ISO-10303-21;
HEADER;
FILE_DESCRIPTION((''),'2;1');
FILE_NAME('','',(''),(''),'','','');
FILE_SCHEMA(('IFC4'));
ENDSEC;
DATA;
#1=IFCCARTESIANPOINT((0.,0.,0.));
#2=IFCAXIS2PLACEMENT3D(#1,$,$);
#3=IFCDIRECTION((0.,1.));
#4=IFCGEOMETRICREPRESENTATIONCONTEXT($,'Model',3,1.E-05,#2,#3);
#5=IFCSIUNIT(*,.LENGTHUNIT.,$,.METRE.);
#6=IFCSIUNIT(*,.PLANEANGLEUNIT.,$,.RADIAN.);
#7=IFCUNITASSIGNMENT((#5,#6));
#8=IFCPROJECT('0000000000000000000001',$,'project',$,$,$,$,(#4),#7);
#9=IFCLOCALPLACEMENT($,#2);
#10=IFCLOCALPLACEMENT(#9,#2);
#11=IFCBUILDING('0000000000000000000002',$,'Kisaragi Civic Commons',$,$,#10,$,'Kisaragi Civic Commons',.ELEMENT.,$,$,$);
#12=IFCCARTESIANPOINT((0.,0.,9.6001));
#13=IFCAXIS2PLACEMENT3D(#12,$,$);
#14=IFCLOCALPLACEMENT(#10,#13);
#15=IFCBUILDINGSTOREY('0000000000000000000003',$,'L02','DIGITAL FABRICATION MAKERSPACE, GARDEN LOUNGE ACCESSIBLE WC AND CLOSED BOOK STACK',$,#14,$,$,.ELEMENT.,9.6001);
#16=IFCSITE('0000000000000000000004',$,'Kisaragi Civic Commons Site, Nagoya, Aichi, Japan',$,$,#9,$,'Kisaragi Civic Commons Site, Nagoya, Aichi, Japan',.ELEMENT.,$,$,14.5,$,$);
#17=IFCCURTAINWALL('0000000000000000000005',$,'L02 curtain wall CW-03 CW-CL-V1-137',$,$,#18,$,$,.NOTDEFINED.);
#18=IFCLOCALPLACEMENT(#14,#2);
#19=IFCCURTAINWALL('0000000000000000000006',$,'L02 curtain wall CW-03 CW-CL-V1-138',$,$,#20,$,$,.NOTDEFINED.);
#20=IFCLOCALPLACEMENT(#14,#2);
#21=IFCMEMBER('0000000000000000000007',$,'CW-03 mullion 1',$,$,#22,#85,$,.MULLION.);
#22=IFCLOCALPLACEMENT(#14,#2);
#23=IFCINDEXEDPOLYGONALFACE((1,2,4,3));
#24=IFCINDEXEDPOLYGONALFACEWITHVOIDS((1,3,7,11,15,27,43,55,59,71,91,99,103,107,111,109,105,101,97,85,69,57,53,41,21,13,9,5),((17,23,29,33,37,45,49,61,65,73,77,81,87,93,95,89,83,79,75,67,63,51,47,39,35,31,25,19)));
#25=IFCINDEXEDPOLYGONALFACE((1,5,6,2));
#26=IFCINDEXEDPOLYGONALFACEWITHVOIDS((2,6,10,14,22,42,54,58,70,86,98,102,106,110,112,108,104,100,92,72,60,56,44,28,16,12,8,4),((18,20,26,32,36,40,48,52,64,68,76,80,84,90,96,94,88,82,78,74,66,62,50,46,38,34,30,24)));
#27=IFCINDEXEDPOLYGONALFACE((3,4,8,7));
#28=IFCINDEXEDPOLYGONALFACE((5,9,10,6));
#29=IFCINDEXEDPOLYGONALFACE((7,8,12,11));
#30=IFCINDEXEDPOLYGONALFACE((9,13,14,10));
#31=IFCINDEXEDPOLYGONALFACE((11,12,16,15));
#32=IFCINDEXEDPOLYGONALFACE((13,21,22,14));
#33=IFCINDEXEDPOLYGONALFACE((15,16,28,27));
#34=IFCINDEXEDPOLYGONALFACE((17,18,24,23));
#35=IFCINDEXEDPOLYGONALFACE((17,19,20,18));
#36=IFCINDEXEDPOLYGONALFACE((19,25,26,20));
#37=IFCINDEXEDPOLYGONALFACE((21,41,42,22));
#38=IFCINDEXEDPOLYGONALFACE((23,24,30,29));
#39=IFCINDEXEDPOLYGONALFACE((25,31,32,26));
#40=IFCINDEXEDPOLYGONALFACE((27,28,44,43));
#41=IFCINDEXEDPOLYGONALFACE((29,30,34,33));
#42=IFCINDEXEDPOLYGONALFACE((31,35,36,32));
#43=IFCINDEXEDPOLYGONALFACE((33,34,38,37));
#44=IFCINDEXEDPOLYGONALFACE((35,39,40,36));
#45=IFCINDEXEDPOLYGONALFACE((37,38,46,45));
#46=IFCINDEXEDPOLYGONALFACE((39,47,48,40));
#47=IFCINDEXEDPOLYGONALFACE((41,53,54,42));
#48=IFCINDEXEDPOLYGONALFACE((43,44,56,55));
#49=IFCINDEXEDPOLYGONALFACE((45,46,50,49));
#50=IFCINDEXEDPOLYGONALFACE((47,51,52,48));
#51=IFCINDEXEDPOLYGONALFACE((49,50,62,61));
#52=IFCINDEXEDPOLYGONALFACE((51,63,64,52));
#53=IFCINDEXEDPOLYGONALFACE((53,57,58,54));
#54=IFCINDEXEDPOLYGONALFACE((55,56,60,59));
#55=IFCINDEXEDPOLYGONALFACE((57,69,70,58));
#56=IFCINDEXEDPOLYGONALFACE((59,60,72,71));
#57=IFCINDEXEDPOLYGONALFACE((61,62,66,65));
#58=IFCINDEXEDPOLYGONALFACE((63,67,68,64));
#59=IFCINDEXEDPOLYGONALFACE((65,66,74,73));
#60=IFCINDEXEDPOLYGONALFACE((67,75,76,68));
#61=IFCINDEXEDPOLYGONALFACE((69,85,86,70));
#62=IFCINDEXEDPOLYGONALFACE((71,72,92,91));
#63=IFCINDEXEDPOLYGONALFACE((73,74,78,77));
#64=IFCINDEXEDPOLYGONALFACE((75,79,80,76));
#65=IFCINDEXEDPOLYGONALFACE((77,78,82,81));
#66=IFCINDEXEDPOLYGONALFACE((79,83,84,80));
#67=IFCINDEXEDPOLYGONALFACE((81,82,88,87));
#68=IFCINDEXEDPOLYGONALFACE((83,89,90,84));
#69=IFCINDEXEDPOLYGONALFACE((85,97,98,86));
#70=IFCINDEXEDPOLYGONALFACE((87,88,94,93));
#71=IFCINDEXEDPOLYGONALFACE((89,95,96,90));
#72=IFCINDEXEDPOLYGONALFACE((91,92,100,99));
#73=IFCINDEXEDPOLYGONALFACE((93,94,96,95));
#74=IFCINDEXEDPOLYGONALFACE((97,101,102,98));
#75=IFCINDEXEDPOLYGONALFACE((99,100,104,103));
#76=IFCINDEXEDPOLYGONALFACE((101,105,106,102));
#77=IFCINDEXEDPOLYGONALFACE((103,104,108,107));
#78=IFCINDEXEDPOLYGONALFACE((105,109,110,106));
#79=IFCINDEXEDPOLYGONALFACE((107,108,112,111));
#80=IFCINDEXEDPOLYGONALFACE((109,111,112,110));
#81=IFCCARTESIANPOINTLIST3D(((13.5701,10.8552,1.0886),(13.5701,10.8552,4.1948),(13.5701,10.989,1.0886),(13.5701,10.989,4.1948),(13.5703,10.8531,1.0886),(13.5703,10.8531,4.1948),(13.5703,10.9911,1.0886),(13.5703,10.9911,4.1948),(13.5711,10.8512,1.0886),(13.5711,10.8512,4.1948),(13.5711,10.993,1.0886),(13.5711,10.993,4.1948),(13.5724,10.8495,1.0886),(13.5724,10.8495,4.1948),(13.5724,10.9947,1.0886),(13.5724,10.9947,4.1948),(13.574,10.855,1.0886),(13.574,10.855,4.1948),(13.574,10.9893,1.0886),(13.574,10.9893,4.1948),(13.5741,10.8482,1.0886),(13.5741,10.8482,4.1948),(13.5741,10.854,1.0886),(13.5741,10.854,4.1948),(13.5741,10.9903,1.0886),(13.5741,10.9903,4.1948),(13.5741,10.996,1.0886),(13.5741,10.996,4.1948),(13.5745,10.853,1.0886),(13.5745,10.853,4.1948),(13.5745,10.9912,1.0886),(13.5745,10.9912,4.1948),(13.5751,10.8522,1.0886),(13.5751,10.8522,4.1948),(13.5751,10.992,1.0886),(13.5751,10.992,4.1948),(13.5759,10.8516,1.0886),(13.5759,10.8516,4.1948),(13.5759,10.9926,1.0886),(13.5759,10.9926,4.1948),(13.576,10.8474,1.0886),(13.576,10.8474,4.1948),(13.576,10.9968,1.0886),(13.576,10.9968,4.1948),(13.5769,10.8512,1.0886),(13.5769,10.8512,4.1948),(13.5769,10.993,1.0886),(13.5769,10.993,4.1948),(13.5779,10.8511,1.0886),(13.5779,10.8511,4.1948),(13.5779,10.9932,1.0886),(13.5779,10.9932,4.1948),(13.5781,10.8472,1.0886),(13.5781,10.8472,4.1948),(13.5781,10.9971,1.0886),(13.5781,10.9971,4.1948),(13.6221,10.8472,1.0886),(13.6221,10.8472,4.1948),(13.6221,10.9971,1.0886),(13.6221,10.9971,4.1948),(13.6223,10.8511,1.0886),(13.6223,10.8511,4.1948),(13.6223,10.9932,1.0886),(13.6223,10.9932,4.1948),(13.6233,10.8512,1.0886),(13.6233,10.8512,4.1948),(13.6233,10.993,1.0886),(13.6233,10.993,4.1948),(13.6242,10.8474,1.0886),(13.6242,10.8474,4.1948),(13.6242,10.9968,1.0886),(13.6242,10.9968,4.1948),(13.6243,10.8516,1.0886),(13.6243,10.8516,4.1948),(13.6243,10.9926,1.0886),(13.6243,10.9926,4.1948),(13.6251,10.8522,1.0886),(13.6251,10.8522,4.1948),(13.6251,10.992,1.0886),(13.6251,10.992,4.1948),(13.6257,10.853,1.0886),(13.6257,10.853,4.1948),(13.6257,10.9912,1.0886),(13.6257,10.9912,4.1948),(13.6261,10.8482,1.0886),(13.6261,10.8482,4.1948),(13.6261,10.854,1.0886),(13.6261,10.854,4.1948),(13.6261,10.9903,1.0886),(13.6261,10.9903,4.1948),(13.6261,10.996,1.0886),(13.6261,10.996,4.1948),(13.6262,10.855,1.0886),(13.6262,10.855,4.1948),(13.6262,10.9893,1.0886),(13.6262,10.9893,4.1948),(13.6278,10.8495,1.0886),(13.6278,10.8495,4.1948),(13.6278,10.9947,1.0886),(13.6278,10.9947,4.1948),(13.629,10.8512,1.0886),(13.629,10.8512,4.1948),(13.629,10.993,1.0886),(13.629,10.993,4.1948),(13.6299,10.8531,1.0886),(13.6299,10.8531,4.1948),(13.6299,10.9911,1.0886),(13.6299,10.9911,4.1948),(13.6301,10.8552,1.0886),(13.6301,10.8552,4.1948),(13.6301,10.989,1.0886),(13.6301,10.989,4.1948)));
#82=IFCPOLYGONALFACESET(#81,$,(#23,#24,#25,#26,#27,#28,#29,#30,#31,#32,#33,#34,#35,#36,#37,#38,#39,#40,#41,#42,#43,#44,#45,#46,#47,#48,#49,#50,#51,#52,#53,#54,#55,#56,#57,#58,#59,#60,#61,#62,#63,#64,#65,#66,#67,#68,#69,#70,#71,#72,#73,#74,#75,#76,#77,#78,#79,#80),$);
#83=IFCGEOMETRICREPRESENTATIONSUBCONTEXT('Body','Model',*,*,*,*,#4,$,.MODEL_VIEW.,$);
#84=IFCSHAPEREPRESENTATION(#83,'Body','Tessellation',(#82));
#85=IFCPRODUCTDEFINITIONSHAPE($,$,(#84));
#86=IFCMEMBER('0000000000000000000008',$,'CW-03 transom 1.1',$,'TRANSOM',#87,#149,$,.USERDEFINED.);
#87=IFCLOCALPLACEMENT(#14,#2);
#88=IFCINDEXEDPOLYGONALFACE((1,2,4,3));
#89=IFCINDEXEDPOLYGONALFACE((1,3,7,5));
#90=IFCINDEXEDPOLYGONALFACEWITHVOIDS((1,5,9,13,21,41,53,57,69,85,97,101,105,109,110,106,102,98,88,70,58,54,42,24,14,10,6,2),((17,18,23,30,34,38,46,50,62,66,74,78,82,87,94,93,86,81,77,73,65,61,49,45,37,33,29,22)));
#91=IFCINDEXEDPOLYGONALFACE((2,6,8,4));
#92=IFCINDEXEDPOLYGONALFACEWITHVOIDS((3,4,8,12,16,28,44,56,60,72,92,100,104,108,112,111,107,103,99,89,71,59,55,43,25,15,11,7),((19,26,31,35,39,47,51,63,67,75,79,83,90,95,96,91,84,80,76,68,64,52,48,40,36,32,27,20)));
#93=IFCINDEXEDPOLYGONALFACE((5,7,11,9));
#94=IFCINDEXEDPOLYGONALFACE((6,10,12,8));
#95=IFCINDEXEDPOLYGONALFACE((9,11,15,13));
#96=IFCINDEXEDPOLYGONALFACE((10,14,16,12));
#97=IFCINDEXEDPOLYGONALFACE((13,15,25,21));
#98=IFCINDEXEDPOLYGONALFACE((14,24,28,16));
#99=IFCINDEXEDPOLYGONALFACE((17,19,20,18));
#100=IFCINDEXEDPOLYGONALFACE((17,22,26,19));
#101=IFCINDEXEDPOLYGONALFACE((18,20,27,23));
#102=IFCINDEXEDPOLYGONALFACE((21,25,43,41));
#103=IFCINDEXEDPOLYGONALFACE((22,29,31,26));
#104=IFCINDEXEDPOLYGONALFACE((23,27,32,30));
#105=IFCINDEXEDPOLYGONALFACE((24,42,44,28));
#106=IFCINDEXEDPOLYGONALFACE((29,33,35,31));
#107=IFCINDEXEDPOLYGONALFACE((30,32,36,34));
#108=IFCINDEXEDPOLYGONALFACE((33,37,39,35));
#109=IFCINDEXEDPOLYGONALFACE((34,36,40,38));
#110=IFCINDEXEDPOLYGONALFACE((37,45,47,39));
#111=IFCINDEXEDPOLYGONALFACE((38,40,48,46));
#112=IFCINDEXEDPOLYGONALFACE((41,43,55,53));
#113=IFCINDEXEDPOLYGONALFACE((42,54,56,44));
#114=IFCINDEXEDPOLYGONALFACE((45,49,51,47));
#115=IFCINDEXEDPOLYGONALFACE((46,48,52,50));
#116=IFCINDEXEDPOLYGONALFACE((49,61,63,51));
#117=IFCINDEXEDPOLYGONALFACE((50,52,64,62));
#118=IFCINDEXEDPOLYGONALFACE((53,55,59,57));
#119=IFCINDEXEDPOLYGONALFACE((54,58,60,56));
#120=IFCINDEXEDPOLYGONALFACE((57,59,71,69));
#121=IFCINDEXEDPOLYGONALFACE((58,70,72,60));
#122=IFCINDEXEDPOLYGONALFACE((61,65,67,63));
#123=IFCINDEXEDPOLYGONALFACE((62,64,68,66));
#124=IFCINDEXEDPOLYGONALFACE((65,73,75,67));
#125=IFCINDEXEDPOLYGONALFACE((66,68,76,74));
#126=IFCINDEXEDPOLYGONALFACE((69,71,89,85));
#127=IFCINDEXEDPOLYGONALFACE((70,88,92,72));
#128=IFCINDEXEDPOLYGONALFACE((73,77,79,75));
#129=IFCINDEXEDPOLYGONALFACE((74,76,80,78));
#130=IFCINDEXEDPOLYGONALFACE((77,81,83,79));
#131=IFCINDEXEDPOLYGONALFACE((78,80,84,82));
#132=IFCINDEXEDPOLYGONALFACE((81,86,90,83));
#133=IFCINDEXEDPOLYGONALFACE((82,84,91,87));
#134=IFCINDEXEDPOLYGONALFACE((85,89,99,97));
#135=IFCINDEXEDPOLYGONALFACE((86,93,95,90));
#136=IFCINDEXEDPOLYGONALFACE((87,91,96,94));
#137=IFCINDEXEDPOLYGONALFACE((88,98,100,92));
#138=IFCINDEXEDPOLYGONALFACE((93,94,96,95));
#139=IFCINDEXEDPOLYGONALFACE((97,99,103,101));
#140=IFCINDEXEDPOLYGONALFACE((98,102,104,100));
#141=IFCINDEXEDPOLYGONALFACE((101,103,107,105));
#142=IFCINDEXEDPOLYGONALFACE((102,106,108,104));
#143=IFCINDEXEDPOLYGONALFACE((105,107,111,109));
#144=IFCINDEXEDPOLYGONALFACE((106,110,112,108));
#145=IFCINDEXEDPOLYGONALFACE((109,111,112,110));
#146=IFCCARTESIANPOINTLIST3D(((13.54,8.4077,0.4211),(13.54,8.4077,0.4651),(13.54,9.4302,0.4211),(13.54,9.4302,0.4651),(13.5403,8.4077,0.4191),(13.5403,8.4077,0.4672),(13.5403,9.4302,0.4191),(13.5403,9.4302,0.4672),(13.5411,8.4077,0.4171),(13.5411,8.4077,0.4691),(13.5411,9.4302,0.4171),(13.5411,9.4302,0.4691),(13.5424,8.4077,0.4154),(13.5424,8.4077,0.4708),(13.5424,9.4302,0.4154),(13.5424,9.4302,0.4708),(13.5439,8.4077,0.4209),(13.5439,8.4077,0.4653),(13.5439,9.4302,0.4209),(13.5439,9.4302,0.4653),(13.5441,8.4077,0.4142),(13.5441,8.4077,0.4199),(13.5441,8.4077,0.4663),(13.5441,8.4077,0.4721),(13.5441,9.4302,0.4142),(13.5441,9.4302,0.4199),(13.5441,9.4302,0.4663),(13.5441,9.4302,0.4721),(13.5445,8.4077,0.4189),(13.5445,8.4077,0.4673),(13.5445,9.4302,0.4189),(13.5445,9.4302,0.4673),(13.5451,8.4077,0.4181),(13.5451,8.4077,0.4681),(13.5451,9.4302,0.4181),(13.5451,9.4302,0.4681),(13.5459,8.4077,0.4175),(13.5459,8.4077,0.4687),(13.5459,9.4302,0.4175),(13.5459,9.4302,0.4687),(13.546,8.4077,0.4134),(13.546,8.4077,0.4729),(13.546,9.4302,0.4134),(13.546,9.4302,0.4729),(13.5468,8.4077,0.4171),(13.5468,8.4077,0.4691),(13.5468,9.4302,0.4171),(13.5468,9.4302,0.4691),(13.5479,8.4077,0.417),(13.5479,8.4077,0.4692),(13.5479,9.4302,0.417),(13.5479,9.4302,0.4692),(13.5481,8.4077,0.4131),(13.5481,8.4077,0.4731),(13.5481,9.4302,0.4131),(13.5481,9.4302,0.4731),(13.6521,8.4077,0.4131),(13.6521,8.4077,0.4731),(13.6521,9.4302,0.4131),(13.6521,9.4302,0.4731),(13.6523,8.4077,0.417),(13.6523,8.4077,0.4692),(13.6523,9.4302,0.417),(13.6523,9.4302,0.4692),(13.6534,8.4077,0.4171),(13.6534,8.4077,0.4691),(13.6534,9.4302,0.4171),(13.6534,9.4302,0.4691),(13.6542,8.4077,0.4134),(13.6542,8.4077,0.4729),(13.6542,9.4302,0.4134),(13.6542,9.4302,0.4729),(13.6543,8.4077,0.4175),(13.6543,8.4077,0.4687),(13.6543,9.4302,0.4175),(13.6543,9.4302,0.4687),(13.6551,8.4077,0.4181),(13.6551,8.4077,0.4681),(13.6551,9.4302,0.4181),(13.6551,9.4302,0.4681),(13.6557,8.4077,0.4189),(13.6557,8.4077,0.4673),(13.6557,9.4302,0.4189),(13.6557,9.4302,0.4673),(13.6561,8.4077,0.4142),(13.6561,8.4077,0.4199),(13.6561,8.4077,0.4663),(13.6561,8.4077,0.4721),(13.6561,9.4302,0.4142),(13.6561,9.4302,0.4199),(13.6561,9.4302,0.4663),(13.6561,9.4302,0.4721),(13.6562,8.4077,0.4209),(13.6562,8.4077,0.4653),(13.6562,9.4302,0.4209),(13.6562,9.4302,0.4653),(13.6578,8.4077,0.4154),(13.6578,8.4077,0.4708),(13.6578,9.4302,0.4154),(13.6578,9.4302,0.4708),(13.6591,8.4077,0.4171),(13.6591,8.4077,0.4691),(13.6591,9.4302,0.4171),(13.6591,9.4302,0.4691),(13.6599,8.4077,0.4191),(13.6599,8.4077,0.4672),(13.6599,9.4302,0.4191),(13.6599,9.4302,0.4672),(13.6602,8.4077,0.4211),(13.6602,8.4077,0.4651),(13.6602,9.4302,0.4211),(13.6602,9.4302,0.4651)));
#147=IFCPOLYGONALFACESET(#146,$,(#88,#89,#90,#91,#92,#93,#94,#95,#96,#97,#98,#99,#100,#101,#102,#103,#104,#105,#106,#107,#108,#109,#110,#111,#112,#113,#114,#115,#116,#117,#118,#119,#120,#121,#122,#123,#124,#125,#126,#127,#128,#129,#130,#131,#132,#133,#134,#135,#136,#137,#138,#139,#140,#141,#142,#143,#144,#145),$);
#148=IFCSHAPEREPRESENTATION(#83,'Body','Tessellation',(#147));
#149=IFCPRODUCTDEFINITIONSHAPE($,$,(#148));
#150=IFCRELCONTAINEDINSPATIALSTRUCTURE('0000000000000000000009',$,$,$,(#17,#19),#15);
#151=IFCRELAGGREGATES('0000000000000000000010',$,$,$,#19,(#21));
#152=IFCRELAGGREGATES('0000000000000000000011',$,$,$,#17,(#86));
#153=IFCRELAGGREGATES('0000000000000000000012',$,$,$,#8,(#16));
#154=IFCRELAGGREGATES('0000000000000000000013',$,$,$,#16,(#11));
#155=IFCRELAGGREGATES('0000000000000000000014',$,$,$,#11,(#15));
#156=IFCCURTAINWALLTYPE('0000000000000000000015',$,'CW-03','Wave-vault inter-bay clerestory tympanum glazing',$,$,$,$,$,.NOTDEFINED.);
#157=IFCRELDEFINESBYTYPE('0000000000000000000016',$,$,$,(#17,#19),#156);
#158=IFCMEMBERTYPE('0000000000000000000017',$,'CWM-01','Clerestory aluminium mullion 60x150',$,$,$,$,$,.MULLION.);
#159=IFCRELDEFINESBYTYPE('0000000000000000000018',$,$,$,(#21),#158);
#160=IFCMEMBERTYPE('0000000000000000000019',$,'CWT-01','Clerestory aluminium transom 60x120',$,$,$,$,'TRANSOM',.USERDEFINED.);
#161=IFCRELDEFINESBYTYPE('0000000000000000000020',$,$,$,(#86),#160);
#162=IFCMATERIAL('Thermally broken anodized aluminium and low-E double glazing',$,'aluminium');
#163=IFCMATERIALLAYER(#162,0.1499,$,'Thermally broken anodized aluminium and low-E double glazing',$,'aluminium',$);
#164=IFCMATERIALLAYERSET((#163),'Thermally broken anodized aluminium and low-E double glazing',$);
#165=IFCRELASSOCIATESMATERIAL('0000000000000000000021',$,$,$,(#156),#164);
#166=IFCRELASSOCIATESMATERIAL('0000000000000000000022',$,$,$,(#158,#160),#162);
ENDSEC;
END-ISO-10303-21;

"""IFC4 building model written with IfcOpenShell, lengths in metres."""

from ifc_helpers import new_model, si_unit, direction, frame, origin, origin_2d, place, context, subcontext, project, spatial, hollow_rectangle, extrude, material, layer, layer_set, material_profile, profile_set, type_object, element, aggregate, save


model = new_model("IFC4")

# Units and contexts
model_context = context("Model", 3, precision=1e-05, world=origin(), true_north=direction((0.0, 1.0)))
body_context = subcontext(model_context, "Body", "Model", "MODEL_VIEW")
ifc_project = project(units=[si_unit("LENGTHUNIT", "METRE"), si_unit("PLANEANGLEUNIT", "RADIAN")], contexts=[model_context])

# Site, building, storey
site_placement = place(None, origin())
site = spatial("IfcSite", under=ifc_project, at=site_placement, Name="Kisaragi Civic Commons Site, Nagoya, Aichi, Japan", LongName="Kisaragi Civic Commons Site, Nagoya, Aichi, Japan", CompositionType="ELEMENT", RefElevation=14.5)
building_placement = place(site_placement, origin())
building = spatial("IfcBuilding", under=site, at=building_placement, Name="Kisaragi Civic Commons", LongName="Kisaragi Civic Commons", CompositionType="ELEMENT")
storey_placement = place(building_placement, frame((0.0, 0.0, 9.6001)))
storey = spatial("IfcBuildingStorey", under=building, at=storey_placement, Name="L02", Description="DIGITAL FABRICATION MAKERSPACE, GARDEN LOUNGE ACCESSIBLE WC AND CLOSED BOOK STACK", CompositionType="ELEMENT", Elevation=9.6001)

# Curtain wall
ifc_material_1 = material(Name="Thermally broken anodized aluminium and low-E double glazing", Category="aluminium")
ifc_layer_1 = layer(ifc_material_1, 0.1499, Name="Thermally broken anodized aluminium and low-E double glazing", Category="aluminium")
ifc_layer_set_1 = layer_set([ifc_layer_1], Name="Thermally broken anodized aluminium and low-E double glazing")
curtain_wall_type = type_object("IfcCurtainWallType", Name="CW-03", Description="Wave-vault inter-bay clerestory tympanum glazing", PredefinedType="NOTDEFINED", material=ifc_layer_set_1)
curtain_wall_1_placement = place(storey_placement, origin())
curtain_wall_1 = element("IfcCurtainWall", 1, at=curtain_wall_1_placement, inside=storey, type_object=curtain_wall_type, Name="L02 curtain wall CW-03 CW-CL-V1-137", PredefinedType="NOTDEFINED")
ifc_material_profile_1 = material_profile(ifc_material_1, hollow_rectangle(XDim=0.0601, YDim=0.1499, WallThickness=0.0039, InnerFilletRadius=0.0039, OuterFilletRadius=0.0081, at=origin_2d()), Name="CWM-60x150x4", Category="aluminium")
ifc_profile_set_1 = profile_set([ifc_material_profile_1], Name="Thermally broken anodized aluminium and low-E double glazing")
member_type_1 = type_object("IfcMemberType", Name="CWM-01", Description="Clerestory aluminium mullion 60x150", PredefinedType="MULLION", material=ifc_profile_set_1)

# Curtain wall, member
curtain_wall_2_placement = place(storey_placement, origin())
curtain_wall_2 = element("IfcCurtainWall", 2, at=curtain_wall_2_placement, inside=storey, type_object=curtain_wall_type, Name="L02 curtain wall CW-03 CW-CL-V1-138", PredefinedType="NOTDEFINED")
member_1_placement = place(storey_placement, frame((13.6001, 10.9221, 1.0886), z_axis=(0.0, 0.0, 1.0), x_axis=(-1.0, 0.0, 0.0)))
member_1 = element("IfcMember", 3, at=member_1_placement, type_object=member_type_1, Name="CW-03 mullion 1", PredefinedType="MULLION", context=body_context, shape_type="SweptSolid", body=[
    extrude(hollow_rectangle(XDim=0.0601, YDim=0.1499, WallThickness=0.0039, InnerFilletRadius=0.0039, OuterFilletRadius=0.0081, at=origin_2d()), origin(), (0.0, 0.0, 1.0), 3.1062),
])

# Member
ifc_material_profile_2 = material_profile(ifc_material_1, hollow_rectangle(XDim=0.1201, YDim=0.0601, WallThickness=0.0039, InnerFilletRadius=0.0039, OuterFilletRadius=0.0081, at=origin_2d()), Name="CWT-60x120x4", Category="aluminium")
ifc_profile_set_2 = profile_set([ifc_material_profile_2], Name="Thermally broken anodized aluminium and low-E double glazing")
member_type_2 = type_object("IfcMemberType", Name="CWT-01", Description="Clerestory aluminium transom 60x120", ElementType="TRANSOM", PredefinedType="USERDEFINED", material=ifc_profile_set_2)
member_2_placement = place(storey_placement, frame((13.6001, 8.4077, 0.4431), z_axis=(0.0, 1.0, 0.0), x_axis=(-1.0, 0.0, 0.0)))
member_2 = element("IfcMember", 4, at=member_2_placement, type_object=member_type_2, Name="CW-03 transom 1.1", ObjectType="TRANSOM", PredefinedType="USERDEFINED", context=body_context, shape_type="SweptSolid", body=[
    extrude(hollow_rectangle(XDim=0.1201, YDim=0.0601, WallThickness=0.0039, InnerFilletRadius=0.0039, OuterFilletRadius=0.0081, at=origin_2d()), origin(), (0.0, 0.0, 1.0), 1.0225),
])
aggregate(curtain_wall_2, [member_1])

aggregate(curtain_wall_1, [member_2])

save(model, "model.ifc")
